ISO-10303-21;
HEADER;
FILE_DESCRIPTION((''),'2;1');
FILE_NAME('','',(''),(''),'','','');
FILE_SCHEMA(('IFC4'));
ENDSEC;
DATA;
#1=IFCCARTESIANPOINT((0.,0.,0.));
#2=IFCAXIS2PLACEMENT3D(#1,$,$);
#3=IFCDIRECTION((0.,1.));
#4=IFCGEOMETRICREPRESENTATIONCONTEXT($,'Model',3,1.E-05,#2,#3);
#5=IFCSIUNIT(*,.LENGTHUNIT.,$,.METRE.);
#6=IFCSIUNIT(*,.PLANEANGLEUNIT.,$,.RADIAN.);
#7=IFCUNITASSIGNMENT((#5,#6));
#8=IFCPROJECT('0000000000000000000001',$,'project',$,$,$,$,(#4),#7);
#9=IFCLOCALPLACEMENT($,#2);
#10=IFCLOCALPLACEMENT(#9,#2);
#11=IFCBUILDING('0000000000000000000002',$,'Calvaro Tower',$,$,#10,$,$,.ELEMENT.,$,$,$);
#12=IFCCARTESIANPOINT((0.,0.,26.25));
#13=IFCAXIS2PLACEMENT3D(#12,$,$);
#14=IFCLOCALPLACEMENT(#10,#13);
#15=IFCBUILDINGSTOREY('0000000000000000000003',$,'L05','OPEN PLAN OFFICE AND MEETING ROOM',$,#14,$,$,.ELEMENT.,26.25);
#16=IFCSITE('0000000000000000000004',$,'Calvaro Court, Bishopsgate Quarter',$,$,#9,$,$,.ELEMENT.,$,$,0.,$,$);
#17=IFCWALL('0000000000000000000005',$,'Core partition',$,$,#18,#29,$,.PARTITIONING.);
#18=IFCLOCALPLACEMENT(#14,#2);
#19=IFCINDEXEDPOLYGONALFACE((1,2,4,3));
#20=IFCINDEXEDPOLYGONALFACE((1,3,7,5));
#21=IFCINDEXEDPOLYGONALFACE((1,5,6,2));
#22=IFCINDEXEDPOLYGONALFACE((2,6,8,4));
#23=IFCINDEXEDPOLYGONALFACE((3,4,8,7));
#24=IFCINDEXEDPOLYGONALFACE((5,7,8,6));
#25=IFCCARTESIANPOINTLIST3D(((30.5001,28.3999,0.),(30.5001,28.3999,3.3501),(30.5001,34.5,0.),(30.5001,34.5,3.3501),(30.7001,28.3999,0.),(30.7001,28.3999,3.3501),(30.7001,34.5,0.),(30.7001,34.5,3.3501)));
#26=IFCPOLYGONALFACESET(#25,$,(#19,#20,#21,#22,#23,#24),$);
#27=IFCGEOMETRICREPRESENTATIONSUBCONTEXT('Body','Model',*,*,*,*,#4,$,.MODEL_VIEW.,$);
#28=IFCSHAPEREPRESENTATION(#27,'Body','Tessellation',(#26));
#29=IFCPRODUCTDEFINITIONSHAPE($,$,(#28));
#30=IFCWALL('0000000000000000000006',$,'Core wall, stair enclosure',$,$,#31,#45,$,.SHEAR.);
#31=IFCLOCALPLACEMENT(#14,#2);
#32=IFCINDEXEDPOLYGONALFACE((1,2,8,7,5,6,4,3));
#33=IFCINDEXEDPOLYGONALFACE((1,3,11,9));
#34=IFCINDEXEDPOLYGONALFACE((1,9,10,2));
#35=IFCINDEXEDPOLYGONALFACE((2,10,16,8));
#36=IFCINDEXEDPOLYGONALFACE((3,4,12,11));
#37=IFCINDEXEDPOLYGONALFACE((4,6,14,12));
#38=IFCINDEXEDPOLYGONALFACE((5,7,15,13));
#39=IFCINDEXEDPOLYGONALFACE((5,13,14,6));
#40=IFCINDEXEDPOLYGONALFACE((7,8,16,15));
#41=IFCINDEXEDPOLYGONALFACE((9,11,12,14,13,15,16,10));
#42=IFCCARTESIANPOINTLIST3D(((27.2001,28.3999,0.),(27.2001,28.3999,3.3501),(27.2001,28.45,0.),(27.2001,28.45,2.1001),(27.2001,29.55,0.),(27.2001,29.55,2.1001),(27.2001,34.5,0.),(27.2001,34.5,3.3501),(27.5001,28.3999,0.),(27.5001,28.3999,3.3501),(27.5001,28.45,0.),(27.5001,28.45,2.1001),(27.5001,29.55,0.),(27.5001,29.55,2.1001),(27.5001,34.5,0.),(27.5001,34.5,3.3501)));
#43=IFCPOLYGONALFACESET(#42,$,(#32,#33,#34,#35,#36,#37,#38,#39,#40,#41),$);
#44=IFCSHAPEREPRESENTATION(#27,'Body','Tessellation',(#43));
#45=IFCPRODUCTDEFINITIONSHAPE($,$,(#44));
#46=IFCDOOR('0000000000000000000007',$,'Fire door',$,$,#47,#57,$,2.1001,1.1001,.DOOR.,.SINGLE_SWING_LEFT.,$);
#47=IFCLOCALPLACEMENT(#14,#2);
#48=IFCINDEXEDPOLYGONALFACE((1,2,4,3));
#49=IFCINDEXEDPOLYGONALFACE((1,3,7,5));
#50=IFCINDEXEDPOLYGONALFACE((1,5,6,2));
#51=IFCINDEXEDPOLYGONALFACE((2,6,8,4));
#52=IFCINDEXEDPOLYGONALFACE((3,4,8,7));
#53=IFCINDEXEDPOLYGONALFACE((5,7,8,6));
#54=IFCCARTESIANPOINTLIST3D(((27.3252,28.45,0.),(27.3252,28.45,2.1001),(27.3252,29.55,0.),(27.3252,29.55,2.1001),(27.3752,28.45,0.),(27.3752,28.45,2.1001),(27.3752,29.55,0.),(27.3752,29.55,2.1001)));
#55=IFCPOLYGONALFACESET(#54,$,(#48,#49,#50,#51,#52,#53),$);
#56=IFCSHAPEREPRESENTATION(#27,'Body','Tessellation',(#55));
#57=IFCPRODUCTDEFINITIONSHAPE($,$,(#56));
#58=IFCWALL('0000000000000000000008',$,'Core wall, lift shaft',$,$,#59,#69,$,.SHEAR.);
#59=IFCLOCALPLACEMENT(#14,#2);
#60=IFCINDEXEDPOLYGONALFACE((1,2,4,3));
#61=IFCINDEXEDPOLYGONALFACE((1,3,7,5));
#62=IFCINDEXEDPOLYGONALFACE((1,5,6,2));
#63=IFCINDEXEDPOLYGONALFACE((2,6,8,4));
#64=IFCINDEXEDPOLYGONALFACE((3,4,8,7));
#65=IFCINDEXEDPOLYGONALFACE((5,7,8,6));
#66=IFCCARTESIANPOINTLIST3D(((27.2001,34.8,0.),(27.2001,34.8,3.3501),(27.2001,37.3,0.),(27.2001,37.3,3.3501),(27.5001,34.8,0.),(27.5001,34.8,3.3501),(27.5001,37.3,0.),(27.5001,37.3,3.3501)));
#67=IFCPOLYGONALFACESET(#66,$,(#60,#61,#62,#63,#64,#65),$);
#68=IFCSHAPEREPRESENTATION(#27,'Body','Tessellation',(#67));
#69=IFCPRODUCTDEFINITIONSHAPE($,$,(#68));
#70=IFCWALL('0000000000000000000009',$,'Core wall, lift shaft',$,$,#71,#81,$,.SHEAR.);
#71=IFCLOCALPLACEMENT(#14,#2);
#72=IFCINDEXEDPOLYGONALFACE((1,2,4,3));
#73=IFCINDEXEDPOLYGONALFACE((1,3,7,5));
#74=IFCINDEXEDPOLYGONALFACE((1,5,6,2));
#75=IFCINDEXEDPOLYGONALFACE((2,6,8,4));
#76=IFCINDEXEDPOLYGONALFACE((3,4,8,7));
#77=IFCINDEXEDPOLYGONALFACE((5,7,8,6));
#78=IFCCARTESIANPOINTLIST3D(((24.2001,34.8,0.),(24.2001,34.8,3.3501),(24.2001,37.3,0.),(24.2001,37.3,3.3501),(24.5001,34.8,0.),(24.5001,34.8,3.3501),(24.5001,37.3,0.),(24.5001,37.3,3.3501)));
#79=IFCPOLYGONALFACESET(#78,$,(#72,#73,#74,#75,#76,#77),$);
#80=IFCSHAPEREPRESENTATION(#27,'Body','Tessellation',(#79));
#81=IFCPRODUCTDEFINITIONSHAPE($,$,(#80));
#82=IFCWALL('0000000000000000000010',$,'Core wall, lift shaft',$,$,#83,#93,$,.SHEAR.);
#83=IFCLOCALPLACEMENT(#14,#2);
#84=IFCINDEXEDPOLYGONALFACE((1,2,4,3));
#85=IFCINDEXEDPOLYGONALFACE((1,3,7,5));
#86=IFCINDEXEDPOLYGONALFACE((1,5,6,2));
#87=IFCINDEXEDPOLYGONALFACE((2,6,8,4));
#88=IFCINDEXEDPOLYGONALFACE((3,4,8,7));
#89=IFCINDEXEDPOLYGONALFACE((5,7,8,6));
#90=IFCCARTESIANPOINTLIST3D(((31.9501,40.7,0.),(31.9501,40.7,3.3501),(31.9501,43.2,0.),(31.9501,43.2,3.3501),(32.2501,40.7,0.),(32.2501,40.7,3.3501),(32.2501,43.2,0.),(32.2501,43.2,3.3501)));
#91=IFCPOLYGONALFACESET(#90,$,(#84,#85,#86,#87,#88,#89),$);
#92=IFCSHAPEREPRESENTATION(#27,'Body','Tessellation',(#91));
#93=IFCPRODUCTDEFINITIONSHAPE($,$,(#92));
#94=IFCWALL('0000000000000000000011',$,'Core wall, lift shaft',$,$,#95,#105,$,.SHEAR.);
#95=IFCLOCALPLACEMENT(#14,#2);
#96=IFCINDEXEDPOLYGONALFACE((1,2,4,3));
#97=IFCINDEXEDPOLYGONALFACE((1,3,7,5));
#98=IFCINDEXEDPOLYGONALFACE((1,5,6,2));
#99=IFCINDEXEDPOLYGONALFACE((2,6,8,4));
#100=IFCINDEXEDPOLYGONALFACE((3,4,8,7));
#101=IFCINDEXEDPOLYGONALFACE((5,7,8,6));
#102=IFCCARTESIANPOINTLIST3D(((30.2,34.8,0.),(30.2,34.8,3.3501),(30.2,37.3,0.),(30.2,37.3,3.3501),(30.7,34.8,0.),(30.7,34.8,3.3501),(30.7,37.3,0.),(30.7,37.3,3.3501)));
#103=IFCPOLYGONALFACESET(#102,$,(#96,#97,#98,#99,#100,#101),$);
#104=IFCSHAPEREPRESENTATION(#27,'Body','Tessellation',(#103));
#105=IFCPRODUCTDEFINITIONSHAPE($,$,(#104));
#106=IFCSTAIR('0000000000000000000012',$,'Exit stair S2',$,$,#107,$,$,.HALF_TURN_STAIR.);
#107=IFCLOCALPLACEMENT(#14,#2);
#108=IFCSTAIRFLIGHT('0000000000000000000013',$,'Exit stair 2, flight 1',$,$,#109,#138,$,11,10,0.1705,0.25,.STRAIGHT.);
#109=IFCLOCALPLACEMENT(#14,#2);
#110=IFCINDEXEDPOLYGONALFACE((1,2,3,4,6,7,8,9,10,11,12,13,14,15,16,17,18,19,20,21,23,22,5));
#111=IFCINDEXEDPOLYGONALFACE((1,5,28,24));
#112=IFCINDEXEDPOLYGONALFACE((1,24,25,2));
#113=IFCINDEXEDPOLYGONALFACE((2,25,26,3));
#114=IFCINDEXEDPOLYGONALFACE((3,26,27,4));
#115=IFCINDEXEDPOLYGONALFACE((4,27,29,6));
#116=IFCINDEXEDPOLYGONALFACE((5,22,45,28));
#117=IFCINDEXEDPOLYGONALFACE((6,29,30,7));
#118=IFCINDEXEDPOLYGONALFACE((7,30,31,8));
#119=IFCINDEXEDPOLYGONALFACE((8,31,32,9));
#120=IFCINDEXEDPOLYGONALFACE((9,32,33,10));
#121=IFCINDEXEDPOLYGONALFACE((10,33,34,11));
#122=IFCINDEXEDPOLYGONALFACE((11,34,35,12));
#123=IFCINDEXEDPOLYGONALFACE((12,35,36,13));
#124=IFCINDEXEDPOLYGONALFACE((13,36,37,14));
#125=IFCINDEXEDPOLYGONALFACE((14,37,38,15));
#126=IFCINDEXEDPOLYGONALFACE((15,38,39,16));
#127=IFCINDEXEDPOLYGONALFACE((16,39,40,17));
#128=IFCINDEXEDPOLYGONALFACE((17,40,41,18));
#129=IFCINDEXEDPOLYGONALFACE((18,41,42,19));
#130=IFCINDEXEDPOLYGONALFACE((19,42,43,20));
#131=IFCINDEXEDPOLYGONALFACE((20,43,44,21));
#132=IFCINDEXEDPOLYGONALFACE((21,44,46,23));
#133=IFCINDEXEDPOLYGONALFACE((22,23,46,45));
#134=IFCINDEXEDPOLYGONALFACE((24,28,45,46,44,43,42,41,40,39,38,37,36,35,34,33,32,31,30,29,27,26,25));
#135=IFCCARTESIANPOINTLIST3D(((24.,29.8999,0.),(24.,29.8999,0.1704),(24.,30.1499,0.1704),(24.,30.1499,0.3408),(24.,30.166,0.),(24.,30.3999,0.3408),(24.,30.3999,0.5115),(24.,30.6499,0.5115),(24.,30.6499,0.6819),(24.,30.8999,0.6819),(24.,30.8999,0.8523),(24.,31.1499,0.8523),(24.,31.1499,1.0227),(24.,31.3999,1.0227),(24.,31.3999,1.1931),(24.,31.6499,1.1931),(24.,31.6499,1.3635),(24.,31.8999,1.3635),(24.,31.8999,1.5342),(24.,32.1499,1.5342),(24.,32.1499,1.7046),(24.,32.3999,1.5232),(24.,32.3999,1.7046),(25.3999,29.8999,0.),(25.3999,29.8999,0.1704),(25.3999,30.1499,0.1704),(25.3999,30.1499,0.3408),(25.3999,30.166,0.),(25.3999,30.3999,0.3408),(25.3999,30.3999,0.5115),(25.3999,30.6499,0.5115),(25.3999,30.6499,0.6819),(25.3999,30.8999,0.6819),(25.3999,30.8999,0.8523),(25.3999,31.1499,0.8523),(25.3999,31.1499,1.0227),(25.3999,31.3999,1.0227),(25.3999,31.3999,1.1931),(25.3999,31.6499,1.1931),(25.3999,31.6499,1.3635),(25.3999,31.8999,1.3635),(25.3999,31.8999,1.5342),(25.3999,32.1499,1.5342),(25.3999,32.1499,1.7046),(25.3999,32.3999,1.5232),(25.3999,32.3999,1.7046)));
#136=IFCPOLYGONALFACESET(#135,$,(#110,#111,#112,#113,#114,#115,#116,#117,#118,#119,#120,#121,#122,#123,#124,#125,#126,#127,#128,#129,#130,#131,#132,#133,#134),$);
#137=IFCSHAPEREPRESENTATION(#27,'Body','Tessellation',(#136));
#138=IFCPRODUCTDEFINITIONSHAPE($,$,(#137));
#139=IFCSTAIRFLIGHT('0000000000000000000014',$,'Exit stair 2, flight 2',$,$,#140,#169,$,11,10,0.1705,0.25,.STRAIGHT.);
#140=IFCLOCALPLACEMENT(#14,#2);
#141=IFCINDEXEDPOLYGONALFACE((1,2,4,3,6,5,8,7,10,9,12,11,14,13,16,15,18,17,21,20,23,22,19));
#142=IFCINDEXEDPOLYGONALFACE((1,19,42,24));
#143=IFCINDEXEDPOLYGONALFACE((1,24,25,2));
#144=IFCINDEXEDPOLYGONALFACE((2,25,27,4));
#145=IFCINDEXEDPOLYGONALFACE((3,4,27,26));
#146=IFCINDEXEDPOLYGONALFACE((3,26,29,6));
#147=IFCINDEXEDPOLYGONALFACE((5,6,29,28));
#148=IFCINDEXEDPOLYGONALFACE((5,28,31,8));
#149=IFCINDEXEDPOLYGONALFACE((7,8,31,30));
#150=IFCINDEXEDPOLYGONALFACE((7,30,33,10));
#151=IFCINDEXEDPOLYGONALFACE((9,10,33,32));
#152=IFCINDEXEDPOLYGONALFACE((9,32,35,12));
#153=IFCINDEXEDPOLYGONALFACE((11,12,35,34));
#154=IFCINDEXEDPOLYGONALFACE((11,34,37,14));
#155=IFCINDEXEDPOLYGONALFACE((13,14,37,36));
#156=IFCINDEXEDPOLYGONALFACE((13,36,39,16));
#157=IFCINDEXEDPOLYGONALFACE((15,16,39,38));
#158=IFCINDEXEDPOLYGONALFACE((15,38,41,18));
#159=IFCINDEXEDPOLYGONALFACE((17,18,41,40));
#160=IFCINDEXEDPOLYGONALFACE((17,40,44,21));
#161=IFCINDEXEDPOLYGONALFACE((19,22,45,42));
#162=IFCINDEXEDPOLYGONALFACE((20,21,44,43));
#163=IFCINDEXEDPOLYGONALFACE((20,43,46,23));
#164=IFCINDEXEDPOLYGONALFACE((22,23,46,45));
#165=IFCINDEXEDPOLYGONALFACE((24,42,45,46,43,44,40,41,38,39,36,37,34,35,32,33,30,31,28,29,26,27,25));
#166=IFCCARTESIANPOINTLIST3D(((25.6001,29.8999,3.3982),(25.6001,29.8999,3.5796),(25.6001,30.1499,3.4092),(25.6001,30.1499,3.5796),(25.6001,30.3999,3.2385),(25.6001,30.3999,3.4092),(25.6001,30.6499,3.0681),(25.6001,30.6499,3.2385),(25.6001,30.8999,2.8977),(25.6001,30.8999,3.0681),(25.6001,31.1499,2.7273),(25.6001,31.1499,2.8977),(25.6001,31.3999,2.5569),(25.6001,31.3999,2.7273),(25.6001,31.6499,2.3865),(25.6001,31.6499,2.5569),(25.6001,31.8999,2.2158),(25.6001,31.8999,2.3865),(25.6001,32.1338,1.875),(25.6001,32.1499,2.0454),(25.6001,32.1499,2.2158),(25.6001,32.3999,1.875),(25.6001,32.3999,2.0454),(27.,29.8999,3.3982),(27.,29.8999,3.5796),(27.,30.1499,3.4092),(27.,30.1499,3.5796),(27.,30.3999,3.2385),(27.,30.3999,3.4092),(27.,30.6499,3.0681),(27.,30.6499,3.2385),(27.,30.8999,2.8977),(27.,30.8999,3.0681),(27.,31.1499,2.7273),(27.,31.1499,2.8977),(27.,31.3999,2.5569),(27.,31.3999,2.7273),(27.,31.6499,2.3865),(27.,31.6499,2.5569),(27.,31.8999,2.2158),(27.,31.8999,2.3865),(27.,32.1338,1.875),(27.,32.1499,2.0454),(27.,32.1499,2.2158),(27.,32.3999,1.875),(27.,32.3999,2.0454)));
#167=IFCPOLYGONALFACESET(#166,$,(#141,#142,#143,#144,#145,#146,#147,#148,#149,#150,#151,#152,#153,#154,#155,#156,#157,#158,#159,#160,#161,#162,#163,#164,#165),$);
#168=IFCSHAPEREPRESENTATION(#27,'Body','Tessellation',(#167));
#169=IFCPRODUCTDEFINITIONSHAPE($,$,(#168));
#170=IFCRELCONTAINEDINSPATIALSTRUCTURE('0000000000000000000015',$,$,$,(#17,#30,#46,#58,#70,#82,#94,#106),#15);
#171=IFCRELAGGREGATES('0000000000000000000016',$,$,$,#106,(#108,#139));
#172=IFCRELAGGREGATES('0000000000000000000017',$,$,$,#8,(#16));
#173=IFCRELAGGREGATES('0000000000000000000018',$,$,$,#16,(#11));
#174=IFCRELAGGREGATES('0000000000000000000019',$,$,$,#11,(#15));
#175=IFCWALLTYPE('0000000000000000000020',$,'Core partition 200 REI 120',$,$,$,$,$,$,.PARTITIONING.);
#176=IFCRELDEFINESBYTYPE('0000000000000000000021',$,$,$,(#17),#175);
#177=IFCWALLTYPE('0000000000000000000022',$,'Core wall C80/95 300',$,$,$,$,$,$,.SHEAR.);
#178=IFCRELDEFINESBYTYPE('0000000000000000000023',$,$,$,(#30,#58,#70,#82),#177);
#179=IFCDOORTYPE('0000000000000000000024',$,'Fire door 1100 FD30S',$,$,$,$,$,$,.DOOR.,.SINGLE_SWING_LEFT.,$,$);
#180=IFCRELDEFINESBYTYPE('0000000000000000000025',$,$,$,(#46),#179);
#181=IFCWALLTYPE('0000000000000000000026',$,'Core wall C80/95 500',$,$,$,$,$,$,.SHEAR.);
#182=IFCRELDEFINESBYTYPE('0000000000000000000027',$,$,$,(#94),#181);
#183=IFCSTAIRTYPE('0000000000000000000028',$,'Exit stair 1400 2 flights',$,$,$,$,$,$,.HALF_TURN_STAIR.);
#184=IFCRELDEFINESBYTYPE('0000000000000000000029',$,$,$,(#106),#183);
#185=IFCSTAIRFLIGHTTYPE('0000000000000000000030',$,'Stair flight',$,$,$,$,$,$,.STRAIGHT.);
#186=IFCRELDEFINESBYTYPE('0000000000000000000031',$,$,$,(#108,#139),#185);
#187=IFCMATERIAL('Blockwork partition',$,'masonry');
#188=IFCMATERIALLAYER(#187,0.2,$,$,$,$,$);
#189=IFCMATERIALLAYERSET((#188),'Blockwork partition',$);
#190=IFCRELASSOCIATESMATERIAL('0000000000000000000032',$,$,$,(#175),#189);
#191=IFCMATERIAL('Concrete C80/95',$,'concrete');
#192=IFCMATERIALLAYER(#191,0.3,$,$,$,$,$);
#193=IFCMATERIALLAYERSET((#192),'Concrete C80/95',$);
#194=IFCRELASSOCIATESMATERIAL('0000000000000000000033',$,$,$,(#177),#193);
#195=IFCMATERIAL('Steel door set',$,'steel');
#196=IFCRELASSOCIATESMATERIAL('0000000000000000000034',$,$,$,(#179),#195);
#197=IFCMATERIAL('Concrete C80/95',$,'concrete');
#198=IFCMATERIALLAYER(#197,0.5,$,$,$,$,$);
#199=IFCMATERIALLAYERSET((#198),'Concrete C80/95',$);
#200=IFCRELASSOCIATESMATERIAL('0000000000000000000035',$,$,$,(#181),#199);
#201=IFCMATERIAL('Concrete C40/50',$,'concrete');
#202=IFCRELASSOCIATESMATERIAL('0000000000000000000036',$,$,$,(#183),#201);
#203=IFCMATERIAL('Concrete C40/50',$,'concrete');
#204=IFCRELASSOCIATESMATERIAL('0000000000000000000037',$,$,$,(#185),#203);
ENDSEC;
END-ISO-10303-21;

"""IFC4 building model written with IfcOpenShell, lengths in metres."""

from ifc_helpers import new_model, si_unit, direction, frame, frame_2d, origin, place, context, subcontext, project, spatial, polyline, rectangle, outline, extrude, material, layer, layer_set, type_object, element, fill, aggregate, save


model = new_model("IFC4")

# Units and contexts
model_context = context("Model", 3, precision=1e-05, world=origin(), true_north=direction((0.0, 1.0)))
body_context = subcontext(model_context, "Body", "Model", "MODEL_VIEW")
ifc_project = project(units=[si_unit("LENGTHUNIT", "METRE"), si_unit("PLANEANGLEUNIT", "RADIAN")], contexts=[model_context])

# Site, building, storey
site_placement = place(None, origin())
site = spatial("IfcSite", under=ifc_project, at=site_placement, Name="Calvaro Court, Bishopsgate Quarter", CompositionType="ELEMENT", RefElevation=0.0)
building_placement = place(site_placement, origin())
building = spatial("IfcBuilding", under=site, at=building_placement, Name="Calvaro Tower", CompositionType="ELEMENT")
storey_placement = place(building_placement, frame((0.0, 0.0, 26.25)))
storey = spatial("IfcBuildingStorey", under=building, at=storey_placement, Name="L05", Description="OPEN PLAN OFFICE AND MEETING ROOM", CompositionType="ELEMENT", Elevation=26.25)

# Wall
ifc_material_1 = material(Name="Blockwork partition", Category="masonry")
ifc_layer_1 = layer(ifc_material_1, 0.2)
ifc_layer_set_1 = layer_set([ifc_layer_1], Name="Blockwork partition")
wall_type_1 = type_object("IfcWallType", Name="Core partition 200 REI 120", PredefinedType="PARTITIONING", material=ifc_layer_set_1)
wall_1_placement = place(storey_placement, frame((30.6001, 28.3999, 0.0), z_axis=(0.0, 0.0, 1.0), x_axis=(0.0, 1.0, 0.0)))
element("IfcWall", 1, at=wall_1_placement, inside=storey, type_object=wall_type_1, Name="Core partition", PredefinedType="PARTITIONING", context=body_context, shape_type="SweptSolid", body=[
    extrude(rectangle(XDim=6.1001, YDim=0.2, at=frame_2d((3.05, 0.0))), origin(), (0.0, 0.0, 1.0), 3.3501),
])

# Wall, opening, door
ifc_material_2 = material(Name="Concrete C80/95", Category="concrete")
ifc_layer_2 = layer(ifc_material_2, 0.3)
ifc_layer_set_2 = layer_set([ifc_layer_2], Name="Concrete C80/95")
wall_type_2 = type_object("IfcWallType", Name="Core wall C80/95 300", PredefinedType="SHEAR", material=ifc_layer_set_2)
wall_2_placement = place(storey_placement, frame((27.3501, 28.3999, 0.0), z_axis=(0.0, 0.0, 1.0), x_axis=(0.0, 1.0, 0.0)))
wall_2 = element("IfcWall", 2, at=wall_2_placement, inside=storey, type_object=wall_type_2, Name="Core wall, stair enclosure", PredefinedType="SHEAR", context=body_context, shape_type="SweptSolid", body=[
    extrude(rectangle(XDim=6.1001, YDim=0.3, at=frame_2d((3.05, 0.0))), origin(), (0.0, 0.0, 1.0), 3.3501),
])
opening_placement = place(wall_2_placement, frame((0.05, 0.0, 0.0)))
opening = element("IfcOpeningElement", 3, at=opening_placement, cuts=wall_2, PredefinedType="OPENING", context=body_context, shape_type="SweptSolid", body=[
    extrude(rectangle(XDim=1.1001, YDim=2.1001, at=frame_2d((0.55, 1.05))), frame((0.0, 0.1599, 0.0), z_axis=(0.0, -1.0, 0.0), x_axis=(1.0, 0.0, 0.0)), (0.0, 0.0, 1.0), 0.3201),
])
ifc_material_3 = material(Name="Steel door set", Category="steel")
door_type = type_object("IfcDoorType", Name="Fire door 1100 FD30S", OperationType="SINGLE_SWING_LEFT", PredefinedType="DOOR", material=ifc_material_3)
door_placement = place(opening_placement, origin())
door = element("IfcDoor", 4, at=door_placement, inside=storey, type_object=door_type, Name="Fire door", OperationType="SINGLE_SWING_LEFT", OverallHeight=2.1001, OverallWidth=1.1001, PredefinedType="DOOR", context=body_context, shape_type="SweptSolid", body=[
    extrude(rectangle(XDim=1.1001, YDim=2.1001, at=frame_2d((0.55, 1.05))), frame((0.0, 0.0249, 0.0), z_axis=(0.0, -1.0, 0.0), x_axis=(1.0, 0.0, 0.0)), (0.0, 0.0, 1.0), 0.05),
])
fill(opening, door)

# Walls
for number, where, z_axis, x_axis, name in (
    (5, (27.3501, 34.8, 0.0), (0.0, 0.0, 1.0), (0.0, 1.0, 0.0), "Core wall, lift shaft"),
    (6, (24.3501, 34.8, 0.0), (0.0, 0.0, 1.0), (0.0, 1.0, 0.0), "Core wall, lift shaft"),
    (7, (32.1001, 40.7, 0.0), (0.0, 0.0, 1.0), (0.0, 1.0, 0.0), "Core wall, lift shaft"),
):
    element("IfcWall", number, at=place(storey_placement, frame(where, z_axis=z_axis, x_axis=x_axis)), inside=storey, type_object=wall_type_2, Name=name, PredefinedType="SHEAR", context=body_context, shape_type="SweptSolid", body=[
        extrude(rectangle(XDim=2.5, YDim=0.3, at=frame_2d((1.25, 0.0))), origin(), (0.0, 0.0, 1.0), 3.3501),
    ])
ifc_material_4 = material(Name="Concrete C80/95", Category="concrete")
ifc_layer_3 = layer(ifc_material_4, 0.5)
ifc_layer_set_3 = layer_set([ifc_layer_3], Name="Concrete C80/95")
wall_type_3 = type_object("IfcWallType", Name="Core wall C80/95 500", PredefinedType="SHEAR", material=ifc_layer_set_3)
wall_3_placement = place(storey_placement, frame((30.45, 34.8, 0.0), z_axis=(0.0, 0.0, 1.0), x_axis=(0.0, 1.0, 0.0)))
element("IfcWall", 8, at=wall_3_placement, inside=storey, type_object=wall_type_3, Name="Core wall, lift shaft", PredefinedType="SHEAR", context=body_context, shape_type="SweptSolid", body=[
    extrude(rectangle(XDim=2.5, YDim=0.5, at=frame_2d((1.25, 0.0))), origin(), (0.0, 0.0, 1.0), 3.3501),
])

# Stair, stair flights
ifc_material_5 = material(Name="Concrete C40/50", Category="concrete")
stair_type = type_object("IfcStairType", Name="Exit stair 1400 2 flights", PredefinedType="HALF_TURN_STAIR", material=ifc_material_5)
stair_placement = place(storey_placement, origin())
stair = element("IfcStair", 9, at=stair_placement, inside=storey, type_object=stair_type, Name="Exit stair S2", PredefinedType="HALF_TURN_STAIR")
ifc_material_6 = material(Name="Concrete C40/50", Category="concrete")
stair_flight_type = type_object("IfcStairFlightType", Name="Stair flight", PredefinedType="STRAIGHT", material=ifc_material_6)
stair_flight_1_placement = place(storey_placement, frame((24.7, 29.8999, 0.0), z_axis=(0.0, 0.0, 1.0), x_axis=(0.0, 1.0, 0.0)))
stair_flight_1 = element("IfcStairFlight", 10, at=stair_flight_1_placement, type_object=stair_flight_type, Name="Exit stair 2, flight 1", NumberOfRisers=11, NumberOfTreads=10, PredefinedType="STRAIGHT", RiserHeight=0.1705, TreadLength=0.25, context=body_context, shape_type="SweptSolid", body=[
    extrude(outline(polyline([(0.0, 0.0), (0.0, 0.1704), (0.25, 0.1704), (0.25, 0.3408), (0.5, 0.3408), (0.5, 0.5115), (0.75, 0.5115), (0.75, 0.6819), (1.0, 0.6819), (1.0, 0.8523), (1.25, 0.8523), (1.25, 1.0227), (1.5, 1.0227), (1.5, 1.1931), (1.75, 1.1931), (1.75, 1.3635), (2.0, 1.3635), (2.0, 1.5342), (2.25, 1.5342), (2.25, 1.7046), (2.5, 1.7046), (2.5, 1.875), (2.5, 1.5232), (0.2661, 0.0), (0.0, 0.0)])), frame((0.0, 0.7, 0.0), z_axis=(0.0, -1.0, 0.0), x_axis=(1.0, 0.0, 0.0)), (0.0, 0.0, 1.0), 1.3999),
])
stair_flight_2_placement = place(storey_placement, frame((26.3, 32.3999, 1.875), z_axis=(0.0, 0.0, 1.0), x_axis=(0.0, -1.0, 0.0)))
stair_flight_2 = element("IfcStairFlight", 11, at=stair_flight_2_placement, type_object=stair_flight_type, Name="Exit stair 2, flight 2", NumberOfRisers=11, NumberOfTreads=10, PredefinedType="STRAIGHT", RiserHeight=0.1705, TreadLength=0.25, context=body_context, shape_type="SweptSolid", body=[
    extrude(outline(polyline([(0.0, 0.0), (0.0, 0.1704), (0.25, 0.1704), (0.25, 0.3408), (0.5, 0.3408), (0.5, 0.5115), (0.75, 0.5115), (0.75, 0.6819), (1.0, 0.6819), (1.0, 0.8523), (1.25, 0.8523), (1.25, 1.0227), (1.5, 1.0227), (1.5, 1.1931), (1.75, 1.1931), (1.75, 1.3635), (2.0, 1.3635), (2.0, 1.5342), (2.25, 1.5342), (2.25, 1.7046), (2.5, 1.7046), (2.5, 1.875), (2.5, 1.5232), (0.2661, 0.0), (0.0, 0.0)])), frame((0.0, 0.7, 0.0), z_axis=(0.0, -1.0, 0.0), x_axis=(1.0, 0.0, 0.0)), (0.0, 0.0, 1.0), 1.3999),
])
aggregate(stair, [stair_flight_1, stair_flight_2])

save(model, "model.ifc")
